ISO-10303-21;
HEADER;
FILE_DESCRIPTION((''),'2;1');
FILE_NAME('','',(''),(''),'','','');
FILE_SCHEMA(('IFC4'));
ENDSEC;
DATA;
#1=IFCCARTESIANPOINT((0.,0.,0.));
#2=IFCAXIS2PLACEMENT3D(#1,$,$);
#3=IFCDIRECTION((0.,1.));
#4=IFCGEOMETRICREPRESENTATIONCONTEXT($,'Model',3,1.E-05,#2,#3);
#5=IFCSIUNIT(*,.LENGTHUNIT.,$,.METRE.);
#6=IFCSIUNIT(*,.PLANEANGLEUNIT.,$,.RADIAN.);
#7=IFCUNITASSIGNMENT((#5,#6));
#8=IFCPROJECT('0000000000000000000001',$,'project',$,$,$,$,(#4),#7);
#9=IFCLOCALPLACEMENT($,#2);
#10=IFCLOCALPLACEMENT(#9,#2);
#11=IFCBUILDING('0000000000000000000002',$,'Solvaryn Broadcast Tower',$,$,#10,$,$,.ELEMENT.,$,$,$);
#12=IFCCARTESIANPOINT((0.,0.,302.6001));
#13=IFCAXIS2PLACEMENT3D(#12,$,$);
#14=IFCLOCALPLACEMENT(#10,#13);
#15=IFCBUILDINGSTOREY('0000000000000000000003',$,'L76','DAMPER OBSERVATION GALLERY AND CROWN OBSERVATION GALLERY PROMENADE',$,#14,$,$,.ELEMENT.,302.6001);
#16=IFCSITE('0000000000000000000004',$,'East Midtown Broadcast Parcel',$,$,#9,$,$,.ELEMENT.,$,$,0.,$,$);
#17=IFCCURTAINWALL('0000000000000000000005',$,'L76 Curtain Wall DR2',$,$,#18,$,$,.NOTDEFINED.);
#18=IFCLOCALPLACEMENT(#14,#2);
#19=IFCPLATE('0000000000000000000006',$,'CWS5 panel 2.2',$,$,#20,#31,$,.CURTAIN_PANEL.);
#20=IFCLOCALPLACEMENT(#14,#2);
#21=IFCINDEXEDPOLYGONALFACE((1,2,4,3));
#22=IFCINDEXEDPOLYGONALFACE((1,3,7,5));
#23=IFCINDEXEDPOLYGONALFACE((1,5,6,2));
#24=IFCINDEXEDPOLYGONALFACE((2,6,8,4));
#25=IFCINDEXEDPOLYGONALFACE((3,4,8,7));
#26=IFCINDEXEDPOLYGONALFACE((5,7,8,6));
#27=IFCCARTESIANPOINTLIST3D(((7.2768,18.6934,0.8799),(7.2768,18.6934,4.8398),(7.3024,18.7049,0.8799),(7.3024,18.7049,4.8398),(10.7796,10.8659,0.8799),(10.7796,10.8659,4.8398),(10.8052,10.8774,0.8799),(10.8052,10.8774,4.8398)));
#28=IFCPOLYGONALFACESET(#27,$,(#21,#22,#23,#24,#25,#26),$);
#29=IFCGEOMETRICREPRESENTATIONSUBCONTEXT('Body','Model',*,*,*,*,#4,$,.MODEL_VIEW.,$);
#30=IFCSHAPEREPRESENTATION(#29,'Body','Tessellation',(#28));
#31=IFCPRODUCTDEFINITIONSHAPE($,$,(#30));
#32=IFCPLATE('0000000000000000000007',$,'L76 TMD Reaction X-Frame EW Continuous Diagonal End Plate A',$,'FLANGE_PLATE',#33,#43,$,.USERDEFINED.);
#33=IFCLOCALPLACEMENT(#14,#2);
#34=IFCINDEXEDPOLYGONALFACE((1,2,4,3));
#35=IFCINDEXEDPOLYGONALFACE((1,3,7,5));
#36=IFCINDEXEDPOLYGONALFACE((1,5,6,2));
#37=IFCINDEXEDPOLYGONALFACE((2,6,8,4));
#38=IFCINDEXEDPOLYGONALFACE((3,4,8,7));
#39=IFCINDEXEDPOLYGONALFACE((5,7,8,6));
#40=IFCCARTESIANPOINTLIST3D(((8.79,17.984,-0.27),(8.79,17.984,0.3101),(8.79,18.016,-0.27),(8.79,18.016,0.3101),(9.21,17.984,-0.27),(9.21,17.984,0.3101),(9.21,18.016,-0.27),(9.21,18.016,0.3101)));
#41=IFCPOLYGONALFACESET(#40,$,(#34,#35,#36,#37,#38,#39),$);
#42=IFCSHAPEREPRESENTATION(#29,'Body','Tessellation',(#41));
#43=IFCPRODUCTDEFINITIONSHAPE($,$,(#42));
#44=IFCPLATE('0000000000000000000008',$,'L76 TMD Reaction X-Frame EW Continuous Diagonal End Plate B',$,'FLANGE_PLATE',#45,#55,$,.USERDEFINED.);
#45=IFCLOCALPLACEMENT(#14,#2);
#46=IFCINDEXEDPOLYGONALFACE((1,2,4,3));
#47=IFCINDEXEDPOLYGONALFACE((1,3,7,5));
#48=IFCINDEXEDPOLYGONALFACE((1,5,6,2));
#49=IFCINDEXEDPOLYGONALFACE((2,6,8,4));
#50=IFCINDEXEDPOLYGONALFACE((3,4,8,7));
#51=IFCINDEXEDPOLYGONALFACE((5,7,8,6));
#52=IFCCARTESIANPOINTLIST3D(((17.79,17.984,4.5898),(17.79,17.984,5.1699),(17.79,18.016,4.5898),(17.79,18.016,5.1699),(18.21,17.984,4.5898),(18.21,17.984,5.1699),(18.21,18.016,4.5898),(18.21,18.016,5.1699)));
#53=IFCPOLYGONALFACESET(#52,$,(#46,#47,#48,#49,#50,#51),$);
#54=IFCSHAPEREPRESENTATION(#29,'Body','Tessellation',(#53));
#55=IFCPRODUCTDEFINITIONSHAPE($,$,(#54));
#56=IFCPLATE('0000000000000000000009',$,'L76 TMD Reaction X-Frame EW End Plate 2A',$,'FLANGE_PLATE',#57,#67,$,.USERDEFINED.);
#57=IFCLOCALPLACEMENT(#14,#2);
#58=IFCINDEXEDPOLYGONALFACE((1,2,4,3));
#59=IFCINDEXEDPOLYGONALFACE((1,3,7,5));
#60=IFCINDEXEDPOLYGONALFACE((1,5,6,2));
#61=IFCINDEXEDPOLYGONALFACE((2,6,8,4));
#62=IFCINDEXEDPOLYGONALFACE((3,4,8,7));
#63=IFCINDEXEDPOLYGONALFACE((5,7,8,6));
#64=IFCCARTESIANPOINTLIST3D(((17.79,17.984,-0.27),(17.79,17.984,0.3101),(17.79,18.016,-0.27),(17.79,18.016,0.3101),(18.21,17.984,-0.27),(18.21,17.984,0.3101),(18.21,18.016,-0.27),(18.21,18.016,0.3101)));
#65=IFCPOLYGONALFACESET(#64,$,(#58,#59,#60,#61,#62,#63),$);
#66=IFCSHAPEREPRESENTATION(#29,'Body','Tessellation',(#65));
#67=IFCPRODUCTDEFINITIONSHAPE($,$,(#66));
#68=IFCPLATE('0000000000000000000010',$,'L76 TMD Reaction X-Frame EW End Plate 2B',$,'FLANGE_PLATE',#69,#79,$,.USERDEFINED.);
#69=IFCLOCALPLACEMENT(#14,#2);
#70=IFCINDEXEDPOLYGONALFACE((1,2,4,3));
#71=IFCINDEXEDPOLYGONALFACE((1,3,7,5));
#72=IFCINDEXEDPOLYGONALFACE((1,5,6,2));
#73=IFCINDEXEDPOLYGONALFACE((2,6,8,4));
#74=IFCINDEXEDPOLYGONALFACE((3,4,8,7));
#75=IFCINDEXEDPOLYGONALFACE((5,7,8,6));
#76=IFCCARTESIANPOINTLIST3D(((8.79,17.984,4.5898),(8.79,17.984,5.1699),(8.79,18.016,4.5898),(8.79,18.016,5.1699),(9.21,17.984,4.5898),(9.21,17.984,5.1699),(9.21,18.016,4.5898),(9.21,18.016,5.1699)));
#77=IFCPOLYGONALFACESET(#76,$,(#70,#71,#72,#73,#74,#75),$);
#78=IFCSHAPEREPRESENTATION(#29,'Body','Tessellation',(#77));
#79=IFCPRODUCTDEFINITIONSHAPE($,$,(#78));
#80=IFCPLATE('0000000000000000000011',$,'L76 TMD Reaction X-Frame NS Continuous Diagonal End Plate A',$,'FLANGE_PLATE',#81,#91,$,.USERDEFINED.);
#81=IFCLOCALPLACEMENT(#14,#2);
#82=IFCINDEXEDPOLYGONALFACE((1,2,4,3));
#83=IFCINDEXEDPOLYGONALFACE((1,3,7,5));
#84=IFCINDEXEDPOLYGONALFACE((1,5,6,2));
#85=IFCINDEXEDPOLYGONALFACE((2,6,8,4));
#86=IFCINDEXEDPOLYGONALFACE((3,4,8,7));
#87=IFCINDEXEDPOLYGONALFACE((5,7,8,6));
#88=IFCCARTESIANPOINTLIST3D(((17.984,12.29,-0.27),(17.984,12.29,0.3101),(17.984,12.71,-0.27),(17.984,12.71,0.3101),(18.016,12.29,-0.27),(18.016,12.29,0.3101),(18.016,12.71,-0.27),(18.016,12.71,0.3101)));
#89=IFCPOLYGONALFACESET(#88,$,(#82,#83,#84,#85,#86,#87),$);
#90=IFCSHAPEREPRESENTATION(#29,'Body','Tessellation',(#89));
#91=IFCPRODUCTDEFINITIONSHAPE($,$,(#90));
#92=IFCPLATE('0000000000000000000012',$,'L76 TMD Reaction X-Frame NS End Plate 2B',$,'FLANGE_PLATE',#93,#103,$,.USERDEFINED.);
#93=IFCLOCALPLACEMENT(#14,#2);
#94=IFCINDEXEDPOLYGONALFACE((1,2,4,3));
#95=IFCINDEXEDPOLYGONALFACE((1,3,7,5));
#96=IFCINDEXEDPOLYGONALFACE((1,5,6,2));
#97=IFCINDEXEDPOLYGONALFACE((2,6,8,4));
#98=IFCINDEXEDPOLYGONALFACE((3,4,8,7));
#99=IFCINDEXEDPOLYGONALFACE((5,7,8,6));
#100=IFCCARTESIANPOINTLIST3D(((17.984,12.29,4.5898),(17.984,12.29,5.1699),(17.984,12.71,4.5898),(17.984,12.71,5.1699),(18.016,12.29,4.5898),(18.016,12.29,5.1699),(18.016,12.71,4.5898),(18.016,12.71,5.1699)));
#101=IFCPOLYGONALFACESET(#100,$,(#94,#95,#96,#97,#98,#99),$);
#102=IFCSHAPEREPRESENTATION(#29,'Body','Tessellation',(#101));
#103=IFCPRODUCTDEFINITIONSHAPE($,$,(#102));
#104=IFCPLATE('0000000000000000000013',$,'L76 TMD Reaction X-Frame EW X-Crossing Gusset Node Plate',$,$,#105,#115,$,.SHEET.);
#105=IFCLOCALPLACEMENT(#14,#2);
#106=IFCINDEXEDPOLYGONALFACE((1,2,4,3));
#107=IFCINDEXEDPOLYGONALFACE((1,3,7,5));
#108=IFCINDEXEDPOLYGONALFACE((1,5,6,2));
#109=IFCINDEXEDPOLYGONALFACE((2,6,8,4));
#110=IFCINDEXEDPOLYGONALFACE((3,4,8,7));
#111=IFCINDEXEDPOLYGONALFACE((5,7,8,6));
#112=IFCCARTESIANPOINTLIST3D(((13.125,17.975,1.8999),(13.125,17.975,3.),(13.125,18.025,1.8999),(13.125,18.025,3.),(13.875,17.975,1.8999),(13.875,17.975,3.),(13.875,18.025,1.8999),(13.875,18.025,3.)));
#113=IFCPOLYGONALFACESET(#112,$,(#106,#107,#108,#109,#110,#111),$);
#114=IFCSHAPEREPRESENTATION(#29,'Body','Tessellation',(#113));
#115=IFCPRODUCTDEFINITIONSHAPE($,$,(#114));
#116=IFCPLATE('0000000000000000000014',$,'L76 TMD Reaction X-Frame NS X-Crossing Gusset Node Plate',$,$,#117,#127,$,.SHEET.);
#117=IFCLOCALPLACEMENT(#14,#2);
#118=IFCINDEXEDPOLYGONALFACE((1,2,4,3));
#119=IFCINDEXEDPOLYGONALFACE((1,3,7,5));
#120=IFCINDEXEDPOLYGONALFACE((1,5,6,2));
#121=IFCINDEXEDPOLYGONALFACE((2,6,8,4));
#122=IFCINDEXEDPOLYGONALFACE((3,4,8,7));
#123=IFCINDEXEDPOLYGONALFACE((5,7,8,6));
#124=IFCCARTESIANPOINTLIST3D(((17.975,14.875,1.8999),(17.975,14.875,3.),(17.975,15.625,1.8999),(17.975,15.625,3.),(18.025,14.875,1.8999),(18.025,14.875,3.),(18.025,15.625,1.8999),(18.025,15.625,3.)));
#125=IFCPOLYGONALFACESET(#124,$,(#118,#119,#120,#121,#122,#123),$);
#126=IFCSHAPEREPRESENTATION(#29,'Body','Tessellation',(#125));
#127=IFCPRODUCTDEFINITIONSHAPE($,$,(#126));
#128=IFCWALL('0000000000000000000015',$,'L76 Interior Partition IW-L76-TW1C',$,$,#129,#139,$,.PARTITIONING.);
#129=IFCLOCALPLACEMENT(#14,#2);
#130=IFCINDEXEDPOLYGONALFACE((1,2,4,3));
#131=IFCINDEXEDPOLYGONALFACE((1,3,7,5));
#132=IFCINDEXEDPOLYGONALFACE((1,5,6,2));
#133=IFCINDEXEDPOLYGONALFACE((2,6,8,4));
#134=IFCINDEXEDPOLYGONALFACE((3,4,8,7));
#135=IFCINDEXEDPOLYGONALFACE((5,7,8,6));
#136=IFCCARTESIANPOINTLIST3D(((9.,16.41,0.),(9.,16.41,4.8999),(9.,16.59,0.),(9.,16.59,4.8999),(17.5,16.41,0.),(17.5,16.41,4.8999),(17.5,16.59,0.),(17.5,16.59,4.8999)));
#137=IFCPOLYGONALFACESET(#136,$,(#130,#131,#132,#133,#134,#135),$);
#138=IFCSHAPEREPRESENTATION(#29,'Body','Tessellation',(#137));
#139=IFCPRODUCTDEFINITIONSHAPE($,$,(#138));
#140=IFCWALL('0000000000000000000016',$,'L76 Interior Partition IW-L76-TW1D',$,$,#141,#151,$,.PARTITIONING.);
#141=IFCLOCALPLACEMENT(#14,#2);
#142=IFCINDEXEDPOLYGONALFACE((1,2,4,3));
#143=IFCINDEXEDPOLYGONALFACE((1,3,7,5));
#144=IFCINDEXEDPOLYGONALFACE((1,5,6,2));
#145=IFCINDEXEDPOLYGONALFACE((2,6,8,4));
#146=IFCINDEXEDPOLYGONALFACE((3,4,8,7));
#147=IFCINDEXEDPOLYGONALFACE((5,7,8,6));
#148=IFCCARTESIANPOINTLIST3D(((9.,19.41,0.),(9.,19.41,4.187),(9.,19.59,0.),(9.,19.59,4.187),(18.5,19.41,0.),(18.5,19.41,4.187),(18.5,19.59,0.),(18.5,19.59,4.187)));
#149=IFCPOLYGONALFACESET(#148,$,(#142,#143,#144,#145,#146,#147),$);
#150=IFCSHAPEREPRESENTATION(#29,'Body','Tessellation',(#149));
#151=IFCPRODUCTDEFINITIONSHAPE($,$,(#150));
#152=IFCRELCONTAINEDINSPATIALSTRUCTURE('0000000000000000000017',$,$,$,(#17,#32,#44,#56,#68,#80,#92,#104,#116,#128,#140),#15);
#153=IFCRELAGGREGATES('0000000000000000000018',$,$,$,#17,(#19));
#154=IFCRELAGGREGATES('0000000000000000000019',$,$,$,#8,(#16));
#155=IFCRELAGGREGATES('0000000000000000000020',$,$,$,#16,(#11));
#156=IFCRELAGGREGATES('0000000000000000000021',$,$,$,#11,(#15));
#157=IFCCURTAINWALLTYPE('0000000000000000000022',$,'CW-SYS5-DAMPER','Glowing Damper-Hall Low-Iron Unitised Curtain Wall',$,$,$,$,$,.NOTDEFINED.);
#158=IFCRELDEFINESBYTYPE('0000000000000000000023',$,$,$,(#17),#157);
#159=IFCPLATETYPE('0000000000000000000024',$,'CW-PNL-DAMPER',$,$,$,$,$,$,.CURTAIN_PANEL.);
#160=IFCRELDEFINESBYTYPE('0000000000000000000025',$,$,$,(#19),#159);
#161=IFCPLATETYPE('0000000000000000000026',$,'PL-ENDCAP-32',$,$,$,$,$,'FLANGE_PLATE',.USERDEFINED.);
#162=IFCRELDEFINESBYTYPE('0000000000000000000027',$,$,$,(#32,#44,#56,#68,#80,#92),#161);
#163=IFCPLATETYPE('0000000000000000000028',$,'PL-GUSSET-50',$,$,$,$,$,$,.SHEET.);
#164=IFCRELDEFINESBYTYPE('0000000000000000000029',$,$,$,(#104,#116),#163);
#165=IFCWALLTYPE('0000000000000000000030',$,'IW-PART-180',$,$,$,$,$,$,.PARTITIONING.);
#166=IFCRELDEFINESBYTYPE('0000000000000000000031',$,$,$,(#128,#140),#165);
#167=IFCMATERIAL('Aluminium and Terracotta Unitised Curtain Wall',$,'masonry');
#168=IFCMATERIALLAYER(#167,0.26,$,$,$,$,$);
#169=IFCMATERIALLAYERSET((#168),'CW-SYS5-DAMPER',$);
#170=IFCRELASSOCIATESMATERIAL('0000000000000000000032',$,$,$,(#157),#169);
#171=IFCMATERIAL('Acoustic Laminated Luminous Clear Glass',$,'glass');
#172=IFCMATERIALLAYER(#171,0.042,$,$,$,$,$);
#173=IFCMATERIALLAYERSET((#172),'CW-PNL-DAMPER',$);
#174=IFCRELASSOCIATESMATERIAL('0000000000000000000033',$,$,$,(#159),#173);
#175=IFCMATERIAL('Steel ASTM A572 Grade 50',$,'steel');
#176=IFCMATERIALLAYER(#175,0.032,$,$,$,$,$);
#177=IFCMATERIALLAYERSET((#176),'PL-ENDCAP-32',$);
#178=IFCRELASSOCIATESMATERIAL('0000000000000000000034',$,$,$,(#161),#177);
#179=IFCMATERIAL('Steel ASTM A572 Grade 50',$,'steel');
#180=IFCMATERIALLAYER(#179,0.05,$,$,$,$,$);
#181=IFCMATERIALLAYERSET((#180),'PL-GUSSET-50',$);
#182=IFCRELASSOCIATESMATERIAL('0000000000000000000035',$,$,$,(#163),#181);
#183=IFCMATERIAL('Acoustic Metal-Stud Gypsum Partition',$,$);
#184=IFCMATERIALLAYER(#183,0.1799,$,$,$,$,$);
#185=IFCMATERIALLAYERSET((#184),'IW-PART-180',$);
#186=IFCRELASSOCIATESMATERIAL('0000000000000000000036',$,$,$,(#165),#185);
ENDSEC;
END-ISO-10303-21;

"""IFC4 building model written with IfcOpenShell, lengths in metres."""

from ifc_helpers import new_model, si_unit, direction, frame, frame_2d, origin, origin_2d, place, context, subcontext, project, spatial, rectangle, extrude, material, layer, layer_set, type_object, element, aggregate, save


model = new_model("IFC4")

# Units and contexts
model_context = context("Model", 3, precision=1e-05, world=origin(), true_north=direction((0.0, 1.0)))
body_context = subcontext(model_context, "Body", "Model", "MODEL_VIEW")
ifc_project = project(units=[si_unit("LENGTHUNIT", "METRE"), si_unit("PLANEANGLEUNIT", "RADIAN")], contexts=[model_context])

# Site, building, storey
site_placement = place(None, origin())
site = spatial("IfcSite", under=ifc_project, at=site_placement, Name="East Midtown Broadcast Parcel", CompositionType="ELEMENT", RefElevation=0.0)
building_placement = place(site_placement, origin())
building = spatial("IfcBuilding", under=site, at=building_placement, Name="Solvaryn Broadcast Tower", CompositionType="ELEMENT")
storey_placement = place(building_placement, frame((0.0, 0.0, 302.6001)))
storey = spatial("IfcBuildingStorey", under=building, at=storey_placement, Name="L76", Description="DAMPER OBSERVATION GALLERY AND CROWN OBSERVATION GALLERY PROMENADE", CompositionType="ELEMENT", Elevation=302.6001)

# Curtain wall
ifc_material_1 = material(Name="Aluminium and Terracotta Unitised Curtain Wall", Category="masonry")
ifc_layer_1 = layer(ifc_material_1, 0.26)
ifc_layer_set_1 = layer_set([ifc_layer_1], Name="CW-SYS5-DAMPER")
curtain_wall_type = type_object("IfcCurtainWallType", Name="CW-SYS5-DAMPER", Description="Glowing Damper-Hall Low-Iron Unitised Curtain Wall", PredefinedType="NOTDEFINED", material=ifc_layer_set_1)
curtain_wall_placement = place(storey_placement, origin())
curtain_wall = element("IfcCurtainWall", 1, at=curtain_wall_placement, inside=storey, type_object=curtain_wall_type, Name="L76 Curtain Wall DR2", PredefinedType="NOTDEFINED")

# Plate
ifc_material_2 = material(Name="Acoustic Laminated Luminous Clear Glass", Category="glass")
ifc_layer_2 = layer(ifc_material_2, 0.042)
ifc_layer_set_2 = layer_set([ifc_layer_2], Name="CW-PNL-DAMPER")
plate_type_1 = type_object("IfcPlateType", Name="CW-PNL-DAMPER", PredefinedType="CURTAIN_PANEL", material=ifc_layer_set_2)
plate_1_placement = place(storey_placement, frame((9.041, 14.7854, 0.8799), z_axis=(0.0, 0.0, 1.0), x_axis=(0.408466, -0.912774, 0.0)))
plate_1 = element("IfcPlate", 2, at=plate_1_placement, type_object=plate_type_1, Name="CWS5 panel 2.2", PredefinedType="CURTAIN_PANEL", context=body_context, shape_type="SweptSolid", body=[
    extrude(rectangle(XDim=8.5754, YDim=0.0281, at=origin_2d()), origin(), (0.0, 0.0, 1.0), 3.96),
])
aggregate(curtain_wall, [plate_1])

# Plates
ifc_material_3 = material(Name="Steel ASTM A572 Grade 50", Category="steel")
ifc_layer_3 = layer(ifc_material_3, 0.032)
ifc_layer_set_3 = layer_set([ifc_layer_3], Name="PL-ENDCAP-32")
plate_type_2 = type_object("IfcPlateType", Name="PL-ENDCAP-32", ElementType="FLANGE_PLATE", PredefinedType="USERDEFINED", material=ifc_layer_set_3)
for number, where, z_axis, x_axis, name in (
    (3, (9.0, 18.0, -0.27), (0.0, 0.0, 1.0), (1.0, 0.0, 0.0), "L76 TMD Reaction X-Frame EW Continuous Diagonal End Plate A"),
    (4, (18.0, 18.0, 4.5898), (0.0, 0.0, 1.0), (1.0, 0.0, 0.0), "L76 TMD Reaction X-Frame EW Continuous Diagonal End Plate B"),
    (5, (18.0, 18.0, -0.27), (0.0, 0.0, 1.0), (1.0, 0.0, 0.0), "L76 TMD Reaction X-Frame EW End Plate 2A"),
    (6, (9.0, 18.0, 4.5898), (0.0, 0.0, 1.0), (1.0, 0.0, 0.0), "L76 TMD Reaction X-Frame EW End Plate 2B"),
):
    element("IfcPlate", number, at=place(storey_placement, frame(where, z_axis=z_axis, x_axis=x_axis)), inside=storey, type_object=plate_type_2, Name=name, ObjectType="FLANGE_PLATE", PredefinedType="USERDEFINED", context=body_context, shape_type="SweptSolid", body=[
        extrude(rectangle(XDim=0.4199, YDim=0.032, at=origin_2d()), origin(), (0.0, 0.0, 1.0), 0.5801),
    ])
for number, where, z_axis, x_axis, name in (
    (7, (18.0, 12.5, -0.27), (0.0, 0.0, 1.0), (1.0, 0.0, 0.0), "L76 TMD Reaction X-Frame NS Continuous Diagonal End Plate A"),
    (8, (18.0, 12.5, 4.5898), (0.0, 0.0, 1.0), (1.0, 0.0, 0.0), "L76 TMD Reaction X-Frame NS End Plate 2B"),
):
    element("IfcPlate", number, at=place(storey_placement, frame(where, z_axis=z_axis, x_axis=x_axis)), inside=storey, type_object=plate_type_2, Name=name, ObjectType="FLANGE_PLATE", PredefinedType="USERDEFINED", context=body_context, shape_type="SweptSolid", body=[
        extrude(rectangle(XDim=0.032, YDim=0.4199, at=origin_2d()), origin(), (0.0, 0.0, 1.0), 0.5801),
    ])
ifc_material_4 = material(Name="Steel ASTM A572 Grade 50", Category="steel")
ifc_layer_4 = layer(ifc_material_4, 0.05)
ifc_layer_set_4 = layer_set([ifc_layer_4], Name="PL-GUSSET-50")
plate_type_3 = type_object("IfcPlateType", Name="PL-GUSSET-50", PredefinedType="SHEET", material=ifc_layer_set_4)
plate_2_placement = place(storey_placement, frame((13.5, 18.0, 1.8999), z_axis=(0.0, 0.0, 1.0), x_axis=(1.0, 0.0, 0.0)))
element("IfcPlate", 9, at=plate_2_placement, inside=storey, type_object=plate_type_3, Name="L76 TMD Reaction X-Frame EW X-Crossing Gusset Node Plate", PredefinedType="SHEET", context=body_context, shape_type="SweptSolid", body=[
    extrude(rectangle(XDim=0.75, YDim=0.05, at=origin_2d()), origin(), (0.0, 0.0, 1.0), 1.1001),
])
plate_3_placement = place(storey_placement, frame((18.0, 15.25, 1.8999), z_axis=(0.0, 0.0, 1.0), x_axis=(1.0, 0.0, 0.0)))
element("IfcPlate", 10, at=plate_3_placement, inside=storey, type_object=plate_type_3, Name="L76 TMD Reaction X-Frame NS X-Crossing Gusset Node Plate", PredefinedType="SHEET", context=body_context, shape_type="SweptSolid", body=[
    extrude(rectangle(XDim=0.05, YDim=0.75, at=origin_2d()), origin(), (0.0, 0.0, 1.0), 1.1001),
])

# Walls
ifc_material_5 = material(Name="Acoustic Metal-Stud Gypsum Partition")
ifc_layer_5 = layer(ifc_material_5, 0.1799)
ifc_layer_set_5 = layer_set([ifc_layer_5], Name="IW-PART-180")
wall_type = type_object("IfcWallType", Name="IW-PART-180", PredefinedType="PARTITIONING", material=ifc_layer_set_5)
wall_1_placement = place(storey_placement, frame((9.0, 16.5, 0.0), z_axis=(0.0, 0.0, 1.0), x_axis=(1.0, 0.0, 0.0)))
element("IfcWall", 11, at=wall_1_placement, inside=storey, type_object=wall_type, Name="L76 Interior Partition IW-L76-TW1C", PredefinedType="PARTITIONING", context=body_context, shape_type="SweptSolid", body=[
    extrude(rectangle(XDim=8.5, YDim=0.1799, at=frame_2d((4.25, 0.0))), origin(), (0.0, 0.0, 1.0), 4.8999),
])
wall_2_placement = place(storey_placement, frame((9.0, 19.5, 0.0), z_axis=(0.0, 0.0, 1.0), x_axis=(1.0, 0.0, 0.0)))
element("IfcWall", 12, at=wall_2_placement, inside=storey, type_object=wall_type, Name="L76 Interior Partition IW-L76-TW1D", PredefinedType="PARTITIONING", context=body_context, shape_type="SweptSolid", body=[
    extrude(rectangle(XDim=9.5, YDim=0.1799, at=frame_2d((4.75, 0.0))), origin(), (0.0, 0.0, 1.0), 4.187),
])

save(model, "model.ifc")
